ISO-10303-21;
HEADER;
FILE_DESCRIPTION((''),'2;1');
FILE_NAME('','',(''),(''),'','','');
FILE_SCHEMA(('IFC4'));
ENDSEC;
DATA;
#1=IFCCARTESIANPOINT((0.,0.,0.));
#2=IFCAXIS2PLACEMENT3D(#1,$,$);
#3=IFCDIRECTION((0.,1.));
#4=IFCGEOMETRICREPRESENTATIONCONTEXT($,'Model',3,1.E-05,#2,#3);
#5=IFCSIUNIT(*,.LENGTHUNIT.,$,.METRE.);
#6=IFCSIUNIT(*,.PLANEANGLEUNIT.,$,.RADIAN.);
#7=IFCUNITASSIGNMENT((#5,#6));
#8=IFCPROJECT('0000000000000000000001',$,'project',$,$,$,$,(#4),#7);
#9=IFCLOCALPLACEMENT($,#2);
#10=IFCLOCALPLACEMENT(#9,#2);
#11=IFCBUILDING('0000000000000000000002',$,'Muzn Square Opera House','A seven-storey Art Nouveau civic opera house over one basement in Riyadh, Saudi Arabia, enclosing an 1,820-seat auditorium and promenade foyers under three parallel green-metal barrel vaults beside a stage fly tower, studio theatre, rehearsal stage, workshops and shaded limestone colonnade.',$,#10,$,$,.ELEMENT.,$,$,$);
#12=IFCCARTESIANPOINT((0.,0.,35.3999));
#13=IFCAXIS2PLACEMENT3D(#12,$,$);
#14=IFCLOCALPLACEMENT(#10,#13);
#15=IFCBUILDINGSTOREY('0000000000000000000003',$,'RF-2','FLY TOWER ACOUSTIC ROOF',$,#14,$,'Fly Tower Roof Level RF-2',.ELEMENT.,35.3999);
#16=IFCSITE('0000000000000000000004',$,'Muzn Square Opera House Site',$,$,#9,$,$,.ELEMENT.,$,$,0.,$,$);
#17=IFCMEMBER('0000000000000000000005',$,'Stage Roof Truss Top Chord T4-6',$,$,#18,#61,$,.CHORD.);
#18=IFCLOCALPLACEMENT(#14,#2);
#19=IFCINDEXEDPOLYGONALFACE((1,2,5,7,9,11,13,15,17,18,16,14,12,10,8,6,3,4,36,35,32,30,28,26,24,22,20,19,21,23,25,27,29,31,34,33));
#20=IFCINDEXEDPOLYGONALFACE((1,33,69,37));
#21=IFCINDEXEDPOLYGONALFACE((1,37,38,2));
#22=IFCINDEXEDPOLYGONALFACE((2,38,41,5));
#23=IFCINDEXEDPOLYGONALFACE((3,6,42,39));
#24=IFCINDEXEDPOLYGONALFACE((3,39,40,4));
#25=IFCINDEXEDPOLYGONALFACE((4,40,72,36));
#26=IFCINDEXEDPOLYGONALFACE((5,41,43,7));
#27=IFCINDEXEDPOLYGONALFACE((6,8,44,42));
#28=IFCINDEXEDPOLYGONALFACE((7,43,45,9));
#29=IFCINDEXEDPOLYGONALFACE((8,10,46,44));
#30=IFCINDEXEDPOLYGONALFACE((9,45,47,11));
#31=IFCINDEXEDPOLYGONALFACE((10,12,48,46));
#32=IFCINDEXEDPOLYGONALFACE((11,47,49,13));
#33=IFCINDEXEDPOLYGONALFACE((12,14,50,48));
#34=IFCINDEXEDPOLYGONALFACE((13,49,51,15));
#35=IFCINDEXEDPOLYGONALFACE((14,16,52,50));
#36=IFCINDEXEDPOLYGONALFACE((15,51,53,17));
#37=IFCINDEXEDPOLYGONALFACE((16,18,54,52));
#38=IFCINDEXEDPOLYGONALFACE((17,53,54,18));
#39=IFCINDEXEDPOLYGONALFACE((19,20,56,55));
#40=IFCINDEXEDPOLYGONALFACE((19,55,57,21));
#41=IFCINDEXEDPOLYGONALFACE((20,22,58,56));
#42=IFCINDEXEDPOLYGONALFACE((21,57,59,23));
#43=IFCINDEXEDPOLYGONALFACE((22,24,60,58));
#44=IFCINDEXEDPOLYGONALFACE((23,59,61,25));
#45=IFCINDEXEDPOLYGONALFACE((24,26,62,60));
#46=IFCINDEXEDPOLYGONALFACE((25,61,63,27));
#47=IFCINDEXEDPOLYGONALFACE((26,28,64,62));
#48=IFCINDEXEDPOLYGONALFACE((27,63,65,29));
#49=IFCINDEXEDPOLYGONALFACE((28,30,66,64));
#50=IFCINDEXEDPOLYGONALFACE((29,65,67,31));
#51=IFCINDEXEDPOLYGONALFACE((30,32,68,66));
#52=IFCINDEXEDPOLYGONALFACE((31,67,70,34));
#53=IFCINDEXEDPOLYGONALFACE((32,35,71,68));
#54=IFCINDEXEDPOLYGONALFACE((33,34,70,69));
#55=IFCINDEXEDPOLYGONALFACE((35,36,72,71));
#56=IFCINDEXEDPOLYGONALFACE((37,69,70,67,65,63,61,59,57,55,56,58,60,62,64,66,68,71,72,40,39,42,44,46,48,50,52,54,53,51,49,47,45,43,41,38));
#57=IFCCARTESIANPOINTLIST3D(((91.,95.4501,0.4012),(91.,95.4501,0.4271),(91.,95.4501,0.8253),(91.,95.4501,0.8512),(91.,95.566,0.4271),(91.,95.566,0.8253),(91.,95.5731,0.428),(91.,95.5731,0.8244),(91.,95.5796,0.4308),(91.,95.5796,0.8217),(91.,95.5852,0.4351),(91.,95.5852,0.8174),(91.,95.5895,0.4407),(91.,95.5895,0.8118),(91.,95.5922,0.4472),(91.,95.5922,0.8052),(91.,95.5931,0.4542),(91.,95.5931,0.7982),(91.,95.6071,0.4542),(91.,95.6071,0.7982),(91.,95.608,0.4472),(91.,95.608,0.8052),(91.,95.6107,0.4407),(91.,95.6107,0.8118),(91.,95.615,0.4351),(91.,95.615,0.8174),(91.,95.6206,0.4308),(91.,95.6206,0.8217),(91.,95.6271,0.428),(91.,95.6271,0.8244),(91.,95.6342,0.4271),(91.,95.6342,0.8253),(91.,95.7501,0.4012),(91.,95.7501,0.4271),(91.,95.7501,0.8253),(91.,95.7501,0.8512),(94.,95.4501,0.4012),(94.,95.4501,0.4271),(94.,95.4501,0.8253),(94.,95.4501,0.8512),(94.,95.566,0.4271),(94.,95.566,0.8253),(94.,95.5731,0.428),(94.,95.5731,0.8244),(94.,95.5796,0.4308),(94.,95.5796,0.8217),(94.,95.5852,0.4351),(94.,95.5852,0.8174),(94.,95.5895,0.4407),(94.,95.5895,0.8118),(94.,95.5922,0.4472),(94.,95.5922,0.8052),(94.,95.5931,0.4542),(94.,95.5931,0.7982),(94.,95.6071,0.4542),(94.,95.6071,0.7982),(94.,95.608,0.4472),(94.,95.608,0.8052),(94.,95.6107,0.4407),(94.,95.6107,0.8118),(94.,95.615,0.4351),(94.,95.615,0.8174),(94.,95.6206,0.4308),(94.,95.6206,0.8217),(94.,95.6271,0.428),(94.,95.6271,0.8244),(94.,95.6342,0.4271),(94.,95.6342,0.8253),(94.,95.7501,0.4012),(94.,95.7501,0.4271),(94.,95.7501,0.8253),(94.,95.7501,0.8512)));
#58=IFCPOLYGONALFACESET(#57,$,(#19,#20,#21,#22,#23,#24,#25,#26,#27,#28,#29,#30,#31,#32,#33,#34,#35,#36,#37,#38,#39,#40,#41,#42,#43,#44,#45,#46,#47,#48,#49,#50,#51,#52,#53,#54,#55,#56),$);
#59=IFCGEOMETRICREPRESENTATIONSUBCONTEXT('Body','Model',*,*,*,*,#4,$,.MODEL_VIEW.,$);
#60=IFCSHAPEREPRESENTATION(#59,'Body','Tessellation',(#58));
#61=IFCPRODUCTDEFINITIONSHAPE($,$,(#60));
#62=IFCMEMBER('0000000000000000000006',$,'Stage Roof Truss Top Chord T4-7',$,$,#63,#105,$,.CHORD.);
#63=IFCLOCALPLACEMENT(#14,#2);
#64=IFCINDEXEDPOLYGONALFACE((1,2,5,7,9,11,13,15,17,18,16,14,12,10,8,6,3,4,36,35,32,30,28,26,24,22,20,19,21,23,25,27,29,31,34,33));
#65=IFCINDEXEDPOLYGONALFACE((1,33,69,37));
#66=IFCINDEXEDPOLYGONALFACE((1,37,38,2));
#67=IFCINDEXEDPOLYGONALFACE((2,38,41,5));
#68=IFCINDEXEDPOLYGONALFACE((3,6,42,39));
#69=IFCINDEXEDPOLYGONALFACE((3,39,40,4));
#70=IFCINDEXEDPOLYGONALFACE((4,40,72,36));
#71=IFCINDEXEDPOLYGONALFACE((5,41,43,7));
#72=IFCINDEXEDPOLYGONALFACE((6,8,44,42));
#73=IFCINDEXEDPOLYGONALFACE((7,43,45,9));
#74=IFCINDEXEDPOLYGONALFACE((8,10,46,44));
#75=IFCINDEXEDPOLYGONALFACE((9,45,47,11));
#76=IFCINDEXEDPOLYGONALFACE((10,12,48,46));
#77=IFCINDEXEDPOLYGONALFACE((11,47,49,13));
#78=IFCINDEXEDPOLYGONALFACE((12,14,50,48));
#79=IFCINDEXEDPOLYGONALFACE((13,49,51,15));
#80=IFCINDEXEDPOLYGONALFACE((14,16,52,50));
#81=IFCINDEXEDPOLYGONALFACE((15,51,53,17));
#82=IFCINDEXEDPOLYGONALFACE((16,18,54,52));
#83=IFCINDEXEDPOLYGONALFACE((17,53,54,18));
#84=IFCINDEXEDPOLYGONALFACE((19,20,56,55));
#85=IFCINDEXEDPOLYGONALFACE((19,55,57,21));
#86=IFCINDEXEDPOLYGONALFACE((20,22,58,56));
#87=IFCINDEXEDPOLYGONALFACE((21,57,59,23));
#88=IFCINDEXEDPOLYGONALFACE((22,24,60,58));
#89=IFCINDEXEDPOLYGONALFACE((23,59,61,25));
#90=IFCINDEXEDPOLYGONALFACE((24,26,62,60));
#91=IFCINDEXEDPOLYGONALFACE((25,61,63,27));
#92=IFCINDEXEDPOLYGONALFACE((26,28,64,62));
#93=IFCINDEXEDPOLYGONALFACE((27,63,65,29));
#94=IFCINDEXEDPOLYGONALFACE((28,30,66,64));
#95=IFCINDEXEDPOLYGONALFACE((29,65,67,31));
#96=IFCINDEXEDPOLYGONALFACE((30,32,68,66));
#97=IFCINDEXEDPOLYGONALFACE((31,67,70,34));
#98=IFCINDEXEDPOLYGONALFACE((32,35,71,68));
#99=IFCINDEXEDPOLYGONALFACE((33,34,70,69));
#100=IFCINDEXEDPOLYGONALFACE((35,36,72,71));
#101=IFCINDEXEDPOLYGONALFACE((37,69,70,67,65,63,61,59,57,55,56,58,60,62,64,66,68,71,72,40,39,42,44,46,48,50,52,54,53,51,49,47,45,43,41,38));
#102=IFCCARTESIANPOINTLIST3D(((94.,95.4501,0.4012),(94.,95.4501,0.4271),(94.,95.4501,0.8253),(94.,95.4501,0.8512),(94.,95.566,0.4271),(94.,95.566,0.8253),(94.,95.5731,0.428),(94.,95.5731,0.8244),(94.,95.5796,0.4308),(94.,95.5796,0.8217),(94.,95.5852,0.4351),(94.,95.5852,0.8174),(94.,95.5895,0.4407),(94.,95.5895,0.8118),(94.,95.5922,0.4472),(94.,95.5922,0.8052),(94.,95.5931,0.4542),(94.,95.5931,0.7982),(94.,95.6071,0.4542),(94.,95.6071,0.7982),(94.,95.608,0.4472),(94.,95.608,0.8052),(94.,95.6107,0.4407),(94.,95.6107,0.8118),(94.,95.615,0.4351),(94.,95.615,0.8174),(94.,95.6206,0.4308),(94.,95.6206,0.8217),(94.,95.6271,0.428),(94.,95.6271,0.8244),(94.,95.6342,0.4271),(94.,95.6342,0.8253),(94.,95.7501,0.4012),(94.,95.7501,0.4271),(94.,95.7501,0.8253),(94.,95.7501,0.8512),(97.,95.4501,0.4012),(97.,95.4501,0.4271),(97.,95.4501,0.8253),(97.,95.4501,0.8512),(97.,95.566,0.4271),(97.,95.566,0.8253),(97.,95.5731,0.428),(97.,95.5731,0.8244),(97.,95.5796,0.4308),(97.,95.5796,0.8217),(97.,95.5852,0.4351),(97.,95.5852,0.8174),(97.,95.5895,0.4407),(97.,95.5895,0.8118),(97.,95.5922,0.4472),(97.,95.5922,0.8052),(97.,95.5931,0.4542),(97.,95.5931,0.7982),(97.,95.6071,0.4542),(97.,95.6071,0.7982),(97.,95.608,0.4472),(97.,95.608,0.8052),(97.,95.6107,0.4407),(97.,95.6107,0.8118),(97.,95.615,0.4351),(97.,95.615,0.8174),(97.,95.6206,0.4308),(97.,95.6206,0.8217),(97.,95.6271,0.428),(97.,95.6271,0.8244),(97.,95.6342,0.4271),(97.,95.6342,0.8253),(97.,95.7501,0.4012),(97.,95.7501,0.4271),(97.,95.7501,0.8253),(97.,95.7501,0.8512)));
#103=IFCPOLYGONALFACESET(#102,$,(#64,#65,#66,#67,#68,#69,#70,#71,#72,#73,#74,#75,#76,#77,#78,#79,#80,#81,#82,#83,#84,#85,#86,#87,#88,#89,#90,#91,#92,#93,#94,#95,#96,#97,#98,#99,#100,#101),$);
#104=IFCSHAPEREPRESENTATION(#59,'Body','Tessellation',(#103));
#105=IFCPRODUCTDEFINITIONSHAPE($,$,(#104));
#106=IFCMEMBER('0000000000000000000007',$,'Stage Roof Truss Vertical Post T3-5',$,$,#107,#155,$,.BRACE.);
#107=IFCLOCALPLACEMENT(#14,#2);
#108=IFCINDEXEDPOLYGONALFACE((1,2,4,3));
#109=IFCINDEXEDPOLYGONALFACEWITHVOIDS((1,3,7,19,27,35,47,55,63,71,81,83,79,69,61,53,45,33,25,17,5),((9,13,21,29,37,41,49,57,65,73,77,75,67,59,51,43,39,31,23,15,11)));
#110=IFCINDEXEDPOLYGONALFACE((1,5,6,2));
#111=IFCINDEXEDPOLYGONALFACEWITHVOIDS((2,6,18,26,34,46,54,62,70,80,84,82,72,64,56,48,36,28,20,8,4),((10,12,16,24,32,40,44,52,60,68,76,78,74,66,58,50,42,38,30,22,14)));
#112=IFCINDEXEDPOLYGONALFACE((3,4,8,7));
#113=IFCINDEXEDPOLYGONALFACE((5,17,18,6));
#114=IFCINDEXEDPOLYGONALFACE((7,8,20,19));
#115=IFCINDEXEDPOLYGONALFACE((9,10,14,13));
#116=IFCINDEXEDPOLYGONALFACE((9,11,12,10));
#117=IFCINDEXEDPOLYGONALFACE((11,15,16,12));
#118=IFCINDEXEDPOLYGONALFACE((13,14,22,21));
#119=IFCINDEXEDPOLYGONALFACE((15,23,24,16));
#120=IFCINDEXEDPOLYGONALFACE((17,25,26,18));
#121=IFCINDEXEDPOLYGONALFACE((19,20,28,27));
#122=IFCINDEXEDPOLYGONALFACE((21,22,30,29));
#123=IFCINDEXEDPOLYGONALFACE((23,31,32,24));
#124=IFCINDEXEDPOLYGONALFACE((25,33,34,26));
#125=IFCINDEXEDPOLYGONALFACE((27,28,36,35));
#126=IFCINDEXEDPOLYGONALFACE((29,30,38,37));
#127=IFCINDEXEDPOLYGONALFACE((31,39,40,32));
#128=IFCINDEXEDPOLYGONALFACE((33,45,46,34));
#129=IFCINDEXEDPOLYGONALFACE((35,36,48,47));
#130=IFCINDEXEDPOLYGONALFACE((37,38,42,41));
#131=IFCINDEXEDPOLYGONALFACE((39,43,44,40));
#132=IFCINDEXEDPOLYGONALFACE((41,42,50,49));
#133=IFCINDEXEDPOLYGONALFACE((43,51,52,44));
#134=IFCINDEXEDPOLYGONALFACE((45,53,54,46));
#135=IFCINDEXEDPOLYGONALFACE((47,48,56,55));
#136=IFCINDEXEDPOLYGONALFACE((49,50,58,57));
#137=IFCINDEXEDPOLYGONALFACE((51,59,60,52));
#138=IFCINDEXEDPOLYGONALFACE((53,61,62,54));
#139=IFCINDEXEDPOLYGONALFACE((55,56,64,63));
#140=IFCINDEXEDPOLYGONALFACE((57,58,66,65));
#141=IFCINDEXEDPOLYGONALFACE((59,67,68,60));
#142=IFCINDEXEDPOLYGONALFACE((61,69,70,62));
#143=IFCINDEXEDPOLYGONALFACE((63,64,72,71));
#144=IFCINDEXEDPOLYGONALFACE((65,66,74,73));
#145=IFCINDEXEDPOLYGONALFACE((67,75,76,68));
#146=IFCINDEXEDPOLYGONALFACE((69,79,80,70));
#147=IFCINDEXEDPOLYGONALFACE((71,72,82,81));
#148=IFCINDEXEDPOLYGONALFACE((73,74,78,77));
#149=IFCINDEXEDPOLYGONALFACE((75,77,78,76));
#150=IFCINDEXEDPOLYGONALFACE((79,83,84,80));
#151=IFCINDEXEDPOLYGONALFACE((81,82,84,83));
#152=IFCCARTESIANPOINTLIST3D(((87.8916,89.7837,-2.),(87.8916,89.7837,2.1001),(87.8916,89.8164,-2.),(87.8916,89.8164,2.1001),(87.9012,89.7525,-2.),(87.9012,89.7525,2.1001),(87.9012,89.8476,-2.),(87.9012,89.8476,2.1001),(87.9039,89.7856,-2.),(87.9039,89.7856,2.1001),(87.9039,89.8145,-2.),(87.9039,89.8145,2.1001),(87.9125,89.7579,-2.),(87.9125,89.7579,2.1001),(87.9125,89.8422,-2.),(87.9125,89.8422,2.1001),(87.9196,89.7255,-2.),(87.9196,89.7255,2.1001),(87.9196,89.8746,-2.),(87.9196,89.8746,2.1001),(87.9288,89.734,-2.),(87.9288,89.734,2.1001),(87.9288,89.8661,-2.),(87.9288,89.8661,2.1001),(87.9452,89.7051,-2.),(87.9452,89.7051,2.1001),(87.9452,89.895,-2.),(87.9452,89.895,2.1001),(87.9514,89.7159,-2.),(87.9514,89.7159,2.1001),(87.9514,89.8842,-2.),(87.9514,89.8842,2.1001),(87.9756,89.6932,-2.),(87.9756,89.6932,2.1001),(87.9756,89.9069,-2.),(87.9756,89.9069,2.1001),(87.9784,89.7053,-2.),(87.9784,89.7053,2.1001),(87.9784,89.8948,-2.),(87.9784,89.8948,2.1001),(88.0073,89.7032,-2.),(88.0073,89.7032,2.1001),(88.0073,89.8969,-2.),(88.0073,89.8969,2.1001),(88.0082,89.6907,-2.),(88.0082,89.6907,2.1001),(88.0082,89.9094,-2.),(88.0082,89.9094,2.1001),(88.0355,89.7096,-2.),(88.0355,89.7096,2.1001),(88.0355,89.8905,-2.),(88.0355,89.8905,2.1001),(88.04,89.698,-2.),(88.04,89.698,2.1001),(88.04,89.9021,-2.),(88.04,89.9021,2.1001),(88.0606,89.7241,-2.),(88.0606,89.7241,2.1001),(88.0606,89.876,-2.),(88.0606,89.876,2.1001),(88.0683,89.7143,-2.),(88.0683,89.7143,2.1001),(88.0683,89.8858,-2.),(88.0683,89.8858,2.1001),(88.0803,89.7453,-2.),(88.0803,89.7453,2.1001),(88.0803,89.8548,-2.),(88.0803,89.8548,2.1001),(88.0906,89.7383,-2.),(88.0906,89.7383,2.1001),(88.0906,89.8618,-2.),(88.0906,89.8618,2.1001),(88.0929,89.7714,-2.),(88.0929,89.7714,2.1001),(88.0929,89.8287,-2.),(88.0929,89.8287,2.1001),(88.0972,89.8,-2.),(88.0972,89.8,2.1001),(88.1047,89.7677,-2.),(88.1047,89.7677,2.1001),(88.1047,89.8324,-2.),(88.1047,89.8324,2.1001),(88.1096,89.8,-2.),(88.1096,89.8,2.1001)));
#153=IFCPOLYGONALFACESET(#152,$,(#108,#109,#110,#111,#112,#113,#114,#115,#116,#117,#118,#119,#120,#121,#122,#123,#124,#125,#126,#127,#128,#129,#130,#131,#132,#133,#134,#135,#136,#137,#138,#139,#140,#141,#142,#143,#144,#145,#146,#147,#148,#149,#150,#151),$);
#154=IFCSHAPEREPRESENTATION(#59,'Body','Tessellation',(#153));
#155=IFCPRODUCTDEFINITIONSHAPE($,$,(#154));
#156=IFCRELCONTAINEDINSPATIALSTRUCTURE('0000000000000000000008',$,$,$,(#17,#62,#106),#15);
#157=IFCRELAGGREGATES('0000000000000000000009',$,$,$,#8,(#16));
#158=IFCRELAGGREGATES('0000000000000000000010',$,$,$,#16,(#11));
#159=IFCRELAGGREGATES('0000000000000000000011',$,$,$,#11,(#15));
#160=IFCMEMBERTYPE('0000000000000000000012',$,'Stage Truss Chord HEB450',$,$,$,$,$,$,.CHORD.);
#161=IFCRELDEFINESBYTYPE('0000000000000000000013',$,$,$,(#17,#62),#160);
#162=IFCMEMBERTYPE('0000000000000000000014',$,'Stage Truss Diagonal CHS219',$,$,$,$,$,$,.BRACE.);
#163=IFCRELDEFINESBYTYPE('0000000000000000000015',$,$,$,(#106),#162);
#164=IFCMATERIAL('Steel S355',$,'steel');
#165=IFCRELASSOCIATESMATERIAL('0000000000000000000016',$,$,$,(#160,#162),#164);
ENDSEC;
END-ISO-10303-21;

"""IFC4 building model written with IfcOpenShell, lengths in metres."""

from ifc_helpers import new_model, si_unit, direction, frame, origin, origin_2d, place, context, subcontext, project, spatial, hollow_circle, i_section, extrude, material, material_profile, profile_set, type_object, element, save


model = new_model("IFC4")

# Units and contexts
model_context = context("Model", 3, precision=1e-05, world=origin(), true_north=direction((0.0, 1.0)))
body_context = subcontext(model_context, "Body", "Model", "MODEL_VIEW")
ifc_project = project(units=[si_unit("LENGTHUNIT", "METRE"), si_unit("PLANEANGLEUNIT", "RADIAN")], contexts=[model_context])

# Site, building, storey
site_placement = place(None, origin())
site = spatial("IfcSite", under=ifc_project, at=site_placement, Name="Muzn Square Opera House Site", CompositionType="ELEMENT", RefElevation=0.0)
building_placement = place(site_placement, origin())
building = spatial("IfcBuilding", under=site, at=building_placement, Name="Muzn Square Opera House", Description="A seven-storey Art Nouveau civic opera house over one basement in Riyadh, Saudi Arabia, enclosing an 1,820-seat auditorium and promenade foyers under three parallel green-metal barrel vaults beside a stage fly tower, studio theatre, rehearsal stage, workshops and shaded limestone colonnade.", CompositionType="ELEMENT")
storey_placement = place(building_placement, frame((0.0, 0.0, 35.3999)))
storey = spatial("IfcBuildingStorey", under=building, at=storey_placement, Name="RF-2", Description="FLY TOWER ACOUSTIC ROOF", LongName="Fly Tower Roof Level RF-2", CompositionType="ELEMENT", Elevation=35.3999)

# Members
ifc_material = material(Name="Steel S355", Category="steel")
ifc_material_profile_1 = material_profile(ifc_material, i_section(OverallWidth=0.3, OverallDepth=0.45, WebThickness=0.0139, FlangeThickness=0.0259, FilletRadius=0.0271, at=origin_2d()), Name="HEB 450", Category="steel")
ifc_profile_set_1 = profile_set([ifc_material_profile_1], Name="Steel S355")
member_type_1 = type_object("IfcMemberType", Name="Stage Truss Chord HEB450", PredefinedType="CHORD", material=ifc_profile_set_1)
for number, where, z_axis, x_axis, name in (
    (1, (91.0, 95.6001, 0.6262), (1.0, 0.0, 0.0), (0.0, 1.0, 0.0), "Stage Roof Truss Top Chord T4-6"),
    (2, (94.0, 95.6001, 0.6262), (1.0, 0.0, 0.0), (0.0, 1.0, 0.0), "Stage Roof Truss Top Chord T4-7"),
):
    element("IfcMember", number, at=place(storey_placement, frame(where, z_axis=z_axis, x_axis=x_axis)), inside=storey, type_object=member_type_1, Name=name, PredefinedType="CHORD", context=body_context, shape_type="SweptSolid", body=[
        extrude(i_section(OverallWidth=0.3, OverallDepth=0.45, WebThickness=0.0139, FlangeThickness=0.0259, FilletRadius=0.0271, at=origin_2d()), origin(), (0.0, 0.0, 1.0), 3.0),
    ])
ifc_material_profile_2 = material_profile(ifc_material, hollow_circle(Radius=0.1096, WallThickness=0.0125, at=origin_2d()), Name="CHS 219.1x12.5", Category="steel")
ifc_profile_set_2 = profile_set([ifc_material_profile_2], Name="Steel S355")
member_type_2 = type_object("IfcMemberType", Name="Stage Truss Diagonal CHS219", PredefinedType="BRACE", material=ifc_profile_set_2)
member_1_placement = place(storey_placement, frame((88.0, 89.8, -2.0), z_axis=(0.0, 0.0, 1.0), x_axis=(1.0, 0.0, 0.0)))
element("IfcMember", 3, at=member_1_placement, inside=storey, type_object=member_type_2, Name="Stage Roof Truss Vertical Post T3-5", PredefinedType="BRACE", context=body_context, shape_type="SweptSolid", body=[
    extrude(hollow_circle(Radius=0.1096, WallThickness=0.0125, at=origin_2d()), origin(), (0.0, 0.0, 1.0), 4.1001),
])

save(model, "model.ifc")
